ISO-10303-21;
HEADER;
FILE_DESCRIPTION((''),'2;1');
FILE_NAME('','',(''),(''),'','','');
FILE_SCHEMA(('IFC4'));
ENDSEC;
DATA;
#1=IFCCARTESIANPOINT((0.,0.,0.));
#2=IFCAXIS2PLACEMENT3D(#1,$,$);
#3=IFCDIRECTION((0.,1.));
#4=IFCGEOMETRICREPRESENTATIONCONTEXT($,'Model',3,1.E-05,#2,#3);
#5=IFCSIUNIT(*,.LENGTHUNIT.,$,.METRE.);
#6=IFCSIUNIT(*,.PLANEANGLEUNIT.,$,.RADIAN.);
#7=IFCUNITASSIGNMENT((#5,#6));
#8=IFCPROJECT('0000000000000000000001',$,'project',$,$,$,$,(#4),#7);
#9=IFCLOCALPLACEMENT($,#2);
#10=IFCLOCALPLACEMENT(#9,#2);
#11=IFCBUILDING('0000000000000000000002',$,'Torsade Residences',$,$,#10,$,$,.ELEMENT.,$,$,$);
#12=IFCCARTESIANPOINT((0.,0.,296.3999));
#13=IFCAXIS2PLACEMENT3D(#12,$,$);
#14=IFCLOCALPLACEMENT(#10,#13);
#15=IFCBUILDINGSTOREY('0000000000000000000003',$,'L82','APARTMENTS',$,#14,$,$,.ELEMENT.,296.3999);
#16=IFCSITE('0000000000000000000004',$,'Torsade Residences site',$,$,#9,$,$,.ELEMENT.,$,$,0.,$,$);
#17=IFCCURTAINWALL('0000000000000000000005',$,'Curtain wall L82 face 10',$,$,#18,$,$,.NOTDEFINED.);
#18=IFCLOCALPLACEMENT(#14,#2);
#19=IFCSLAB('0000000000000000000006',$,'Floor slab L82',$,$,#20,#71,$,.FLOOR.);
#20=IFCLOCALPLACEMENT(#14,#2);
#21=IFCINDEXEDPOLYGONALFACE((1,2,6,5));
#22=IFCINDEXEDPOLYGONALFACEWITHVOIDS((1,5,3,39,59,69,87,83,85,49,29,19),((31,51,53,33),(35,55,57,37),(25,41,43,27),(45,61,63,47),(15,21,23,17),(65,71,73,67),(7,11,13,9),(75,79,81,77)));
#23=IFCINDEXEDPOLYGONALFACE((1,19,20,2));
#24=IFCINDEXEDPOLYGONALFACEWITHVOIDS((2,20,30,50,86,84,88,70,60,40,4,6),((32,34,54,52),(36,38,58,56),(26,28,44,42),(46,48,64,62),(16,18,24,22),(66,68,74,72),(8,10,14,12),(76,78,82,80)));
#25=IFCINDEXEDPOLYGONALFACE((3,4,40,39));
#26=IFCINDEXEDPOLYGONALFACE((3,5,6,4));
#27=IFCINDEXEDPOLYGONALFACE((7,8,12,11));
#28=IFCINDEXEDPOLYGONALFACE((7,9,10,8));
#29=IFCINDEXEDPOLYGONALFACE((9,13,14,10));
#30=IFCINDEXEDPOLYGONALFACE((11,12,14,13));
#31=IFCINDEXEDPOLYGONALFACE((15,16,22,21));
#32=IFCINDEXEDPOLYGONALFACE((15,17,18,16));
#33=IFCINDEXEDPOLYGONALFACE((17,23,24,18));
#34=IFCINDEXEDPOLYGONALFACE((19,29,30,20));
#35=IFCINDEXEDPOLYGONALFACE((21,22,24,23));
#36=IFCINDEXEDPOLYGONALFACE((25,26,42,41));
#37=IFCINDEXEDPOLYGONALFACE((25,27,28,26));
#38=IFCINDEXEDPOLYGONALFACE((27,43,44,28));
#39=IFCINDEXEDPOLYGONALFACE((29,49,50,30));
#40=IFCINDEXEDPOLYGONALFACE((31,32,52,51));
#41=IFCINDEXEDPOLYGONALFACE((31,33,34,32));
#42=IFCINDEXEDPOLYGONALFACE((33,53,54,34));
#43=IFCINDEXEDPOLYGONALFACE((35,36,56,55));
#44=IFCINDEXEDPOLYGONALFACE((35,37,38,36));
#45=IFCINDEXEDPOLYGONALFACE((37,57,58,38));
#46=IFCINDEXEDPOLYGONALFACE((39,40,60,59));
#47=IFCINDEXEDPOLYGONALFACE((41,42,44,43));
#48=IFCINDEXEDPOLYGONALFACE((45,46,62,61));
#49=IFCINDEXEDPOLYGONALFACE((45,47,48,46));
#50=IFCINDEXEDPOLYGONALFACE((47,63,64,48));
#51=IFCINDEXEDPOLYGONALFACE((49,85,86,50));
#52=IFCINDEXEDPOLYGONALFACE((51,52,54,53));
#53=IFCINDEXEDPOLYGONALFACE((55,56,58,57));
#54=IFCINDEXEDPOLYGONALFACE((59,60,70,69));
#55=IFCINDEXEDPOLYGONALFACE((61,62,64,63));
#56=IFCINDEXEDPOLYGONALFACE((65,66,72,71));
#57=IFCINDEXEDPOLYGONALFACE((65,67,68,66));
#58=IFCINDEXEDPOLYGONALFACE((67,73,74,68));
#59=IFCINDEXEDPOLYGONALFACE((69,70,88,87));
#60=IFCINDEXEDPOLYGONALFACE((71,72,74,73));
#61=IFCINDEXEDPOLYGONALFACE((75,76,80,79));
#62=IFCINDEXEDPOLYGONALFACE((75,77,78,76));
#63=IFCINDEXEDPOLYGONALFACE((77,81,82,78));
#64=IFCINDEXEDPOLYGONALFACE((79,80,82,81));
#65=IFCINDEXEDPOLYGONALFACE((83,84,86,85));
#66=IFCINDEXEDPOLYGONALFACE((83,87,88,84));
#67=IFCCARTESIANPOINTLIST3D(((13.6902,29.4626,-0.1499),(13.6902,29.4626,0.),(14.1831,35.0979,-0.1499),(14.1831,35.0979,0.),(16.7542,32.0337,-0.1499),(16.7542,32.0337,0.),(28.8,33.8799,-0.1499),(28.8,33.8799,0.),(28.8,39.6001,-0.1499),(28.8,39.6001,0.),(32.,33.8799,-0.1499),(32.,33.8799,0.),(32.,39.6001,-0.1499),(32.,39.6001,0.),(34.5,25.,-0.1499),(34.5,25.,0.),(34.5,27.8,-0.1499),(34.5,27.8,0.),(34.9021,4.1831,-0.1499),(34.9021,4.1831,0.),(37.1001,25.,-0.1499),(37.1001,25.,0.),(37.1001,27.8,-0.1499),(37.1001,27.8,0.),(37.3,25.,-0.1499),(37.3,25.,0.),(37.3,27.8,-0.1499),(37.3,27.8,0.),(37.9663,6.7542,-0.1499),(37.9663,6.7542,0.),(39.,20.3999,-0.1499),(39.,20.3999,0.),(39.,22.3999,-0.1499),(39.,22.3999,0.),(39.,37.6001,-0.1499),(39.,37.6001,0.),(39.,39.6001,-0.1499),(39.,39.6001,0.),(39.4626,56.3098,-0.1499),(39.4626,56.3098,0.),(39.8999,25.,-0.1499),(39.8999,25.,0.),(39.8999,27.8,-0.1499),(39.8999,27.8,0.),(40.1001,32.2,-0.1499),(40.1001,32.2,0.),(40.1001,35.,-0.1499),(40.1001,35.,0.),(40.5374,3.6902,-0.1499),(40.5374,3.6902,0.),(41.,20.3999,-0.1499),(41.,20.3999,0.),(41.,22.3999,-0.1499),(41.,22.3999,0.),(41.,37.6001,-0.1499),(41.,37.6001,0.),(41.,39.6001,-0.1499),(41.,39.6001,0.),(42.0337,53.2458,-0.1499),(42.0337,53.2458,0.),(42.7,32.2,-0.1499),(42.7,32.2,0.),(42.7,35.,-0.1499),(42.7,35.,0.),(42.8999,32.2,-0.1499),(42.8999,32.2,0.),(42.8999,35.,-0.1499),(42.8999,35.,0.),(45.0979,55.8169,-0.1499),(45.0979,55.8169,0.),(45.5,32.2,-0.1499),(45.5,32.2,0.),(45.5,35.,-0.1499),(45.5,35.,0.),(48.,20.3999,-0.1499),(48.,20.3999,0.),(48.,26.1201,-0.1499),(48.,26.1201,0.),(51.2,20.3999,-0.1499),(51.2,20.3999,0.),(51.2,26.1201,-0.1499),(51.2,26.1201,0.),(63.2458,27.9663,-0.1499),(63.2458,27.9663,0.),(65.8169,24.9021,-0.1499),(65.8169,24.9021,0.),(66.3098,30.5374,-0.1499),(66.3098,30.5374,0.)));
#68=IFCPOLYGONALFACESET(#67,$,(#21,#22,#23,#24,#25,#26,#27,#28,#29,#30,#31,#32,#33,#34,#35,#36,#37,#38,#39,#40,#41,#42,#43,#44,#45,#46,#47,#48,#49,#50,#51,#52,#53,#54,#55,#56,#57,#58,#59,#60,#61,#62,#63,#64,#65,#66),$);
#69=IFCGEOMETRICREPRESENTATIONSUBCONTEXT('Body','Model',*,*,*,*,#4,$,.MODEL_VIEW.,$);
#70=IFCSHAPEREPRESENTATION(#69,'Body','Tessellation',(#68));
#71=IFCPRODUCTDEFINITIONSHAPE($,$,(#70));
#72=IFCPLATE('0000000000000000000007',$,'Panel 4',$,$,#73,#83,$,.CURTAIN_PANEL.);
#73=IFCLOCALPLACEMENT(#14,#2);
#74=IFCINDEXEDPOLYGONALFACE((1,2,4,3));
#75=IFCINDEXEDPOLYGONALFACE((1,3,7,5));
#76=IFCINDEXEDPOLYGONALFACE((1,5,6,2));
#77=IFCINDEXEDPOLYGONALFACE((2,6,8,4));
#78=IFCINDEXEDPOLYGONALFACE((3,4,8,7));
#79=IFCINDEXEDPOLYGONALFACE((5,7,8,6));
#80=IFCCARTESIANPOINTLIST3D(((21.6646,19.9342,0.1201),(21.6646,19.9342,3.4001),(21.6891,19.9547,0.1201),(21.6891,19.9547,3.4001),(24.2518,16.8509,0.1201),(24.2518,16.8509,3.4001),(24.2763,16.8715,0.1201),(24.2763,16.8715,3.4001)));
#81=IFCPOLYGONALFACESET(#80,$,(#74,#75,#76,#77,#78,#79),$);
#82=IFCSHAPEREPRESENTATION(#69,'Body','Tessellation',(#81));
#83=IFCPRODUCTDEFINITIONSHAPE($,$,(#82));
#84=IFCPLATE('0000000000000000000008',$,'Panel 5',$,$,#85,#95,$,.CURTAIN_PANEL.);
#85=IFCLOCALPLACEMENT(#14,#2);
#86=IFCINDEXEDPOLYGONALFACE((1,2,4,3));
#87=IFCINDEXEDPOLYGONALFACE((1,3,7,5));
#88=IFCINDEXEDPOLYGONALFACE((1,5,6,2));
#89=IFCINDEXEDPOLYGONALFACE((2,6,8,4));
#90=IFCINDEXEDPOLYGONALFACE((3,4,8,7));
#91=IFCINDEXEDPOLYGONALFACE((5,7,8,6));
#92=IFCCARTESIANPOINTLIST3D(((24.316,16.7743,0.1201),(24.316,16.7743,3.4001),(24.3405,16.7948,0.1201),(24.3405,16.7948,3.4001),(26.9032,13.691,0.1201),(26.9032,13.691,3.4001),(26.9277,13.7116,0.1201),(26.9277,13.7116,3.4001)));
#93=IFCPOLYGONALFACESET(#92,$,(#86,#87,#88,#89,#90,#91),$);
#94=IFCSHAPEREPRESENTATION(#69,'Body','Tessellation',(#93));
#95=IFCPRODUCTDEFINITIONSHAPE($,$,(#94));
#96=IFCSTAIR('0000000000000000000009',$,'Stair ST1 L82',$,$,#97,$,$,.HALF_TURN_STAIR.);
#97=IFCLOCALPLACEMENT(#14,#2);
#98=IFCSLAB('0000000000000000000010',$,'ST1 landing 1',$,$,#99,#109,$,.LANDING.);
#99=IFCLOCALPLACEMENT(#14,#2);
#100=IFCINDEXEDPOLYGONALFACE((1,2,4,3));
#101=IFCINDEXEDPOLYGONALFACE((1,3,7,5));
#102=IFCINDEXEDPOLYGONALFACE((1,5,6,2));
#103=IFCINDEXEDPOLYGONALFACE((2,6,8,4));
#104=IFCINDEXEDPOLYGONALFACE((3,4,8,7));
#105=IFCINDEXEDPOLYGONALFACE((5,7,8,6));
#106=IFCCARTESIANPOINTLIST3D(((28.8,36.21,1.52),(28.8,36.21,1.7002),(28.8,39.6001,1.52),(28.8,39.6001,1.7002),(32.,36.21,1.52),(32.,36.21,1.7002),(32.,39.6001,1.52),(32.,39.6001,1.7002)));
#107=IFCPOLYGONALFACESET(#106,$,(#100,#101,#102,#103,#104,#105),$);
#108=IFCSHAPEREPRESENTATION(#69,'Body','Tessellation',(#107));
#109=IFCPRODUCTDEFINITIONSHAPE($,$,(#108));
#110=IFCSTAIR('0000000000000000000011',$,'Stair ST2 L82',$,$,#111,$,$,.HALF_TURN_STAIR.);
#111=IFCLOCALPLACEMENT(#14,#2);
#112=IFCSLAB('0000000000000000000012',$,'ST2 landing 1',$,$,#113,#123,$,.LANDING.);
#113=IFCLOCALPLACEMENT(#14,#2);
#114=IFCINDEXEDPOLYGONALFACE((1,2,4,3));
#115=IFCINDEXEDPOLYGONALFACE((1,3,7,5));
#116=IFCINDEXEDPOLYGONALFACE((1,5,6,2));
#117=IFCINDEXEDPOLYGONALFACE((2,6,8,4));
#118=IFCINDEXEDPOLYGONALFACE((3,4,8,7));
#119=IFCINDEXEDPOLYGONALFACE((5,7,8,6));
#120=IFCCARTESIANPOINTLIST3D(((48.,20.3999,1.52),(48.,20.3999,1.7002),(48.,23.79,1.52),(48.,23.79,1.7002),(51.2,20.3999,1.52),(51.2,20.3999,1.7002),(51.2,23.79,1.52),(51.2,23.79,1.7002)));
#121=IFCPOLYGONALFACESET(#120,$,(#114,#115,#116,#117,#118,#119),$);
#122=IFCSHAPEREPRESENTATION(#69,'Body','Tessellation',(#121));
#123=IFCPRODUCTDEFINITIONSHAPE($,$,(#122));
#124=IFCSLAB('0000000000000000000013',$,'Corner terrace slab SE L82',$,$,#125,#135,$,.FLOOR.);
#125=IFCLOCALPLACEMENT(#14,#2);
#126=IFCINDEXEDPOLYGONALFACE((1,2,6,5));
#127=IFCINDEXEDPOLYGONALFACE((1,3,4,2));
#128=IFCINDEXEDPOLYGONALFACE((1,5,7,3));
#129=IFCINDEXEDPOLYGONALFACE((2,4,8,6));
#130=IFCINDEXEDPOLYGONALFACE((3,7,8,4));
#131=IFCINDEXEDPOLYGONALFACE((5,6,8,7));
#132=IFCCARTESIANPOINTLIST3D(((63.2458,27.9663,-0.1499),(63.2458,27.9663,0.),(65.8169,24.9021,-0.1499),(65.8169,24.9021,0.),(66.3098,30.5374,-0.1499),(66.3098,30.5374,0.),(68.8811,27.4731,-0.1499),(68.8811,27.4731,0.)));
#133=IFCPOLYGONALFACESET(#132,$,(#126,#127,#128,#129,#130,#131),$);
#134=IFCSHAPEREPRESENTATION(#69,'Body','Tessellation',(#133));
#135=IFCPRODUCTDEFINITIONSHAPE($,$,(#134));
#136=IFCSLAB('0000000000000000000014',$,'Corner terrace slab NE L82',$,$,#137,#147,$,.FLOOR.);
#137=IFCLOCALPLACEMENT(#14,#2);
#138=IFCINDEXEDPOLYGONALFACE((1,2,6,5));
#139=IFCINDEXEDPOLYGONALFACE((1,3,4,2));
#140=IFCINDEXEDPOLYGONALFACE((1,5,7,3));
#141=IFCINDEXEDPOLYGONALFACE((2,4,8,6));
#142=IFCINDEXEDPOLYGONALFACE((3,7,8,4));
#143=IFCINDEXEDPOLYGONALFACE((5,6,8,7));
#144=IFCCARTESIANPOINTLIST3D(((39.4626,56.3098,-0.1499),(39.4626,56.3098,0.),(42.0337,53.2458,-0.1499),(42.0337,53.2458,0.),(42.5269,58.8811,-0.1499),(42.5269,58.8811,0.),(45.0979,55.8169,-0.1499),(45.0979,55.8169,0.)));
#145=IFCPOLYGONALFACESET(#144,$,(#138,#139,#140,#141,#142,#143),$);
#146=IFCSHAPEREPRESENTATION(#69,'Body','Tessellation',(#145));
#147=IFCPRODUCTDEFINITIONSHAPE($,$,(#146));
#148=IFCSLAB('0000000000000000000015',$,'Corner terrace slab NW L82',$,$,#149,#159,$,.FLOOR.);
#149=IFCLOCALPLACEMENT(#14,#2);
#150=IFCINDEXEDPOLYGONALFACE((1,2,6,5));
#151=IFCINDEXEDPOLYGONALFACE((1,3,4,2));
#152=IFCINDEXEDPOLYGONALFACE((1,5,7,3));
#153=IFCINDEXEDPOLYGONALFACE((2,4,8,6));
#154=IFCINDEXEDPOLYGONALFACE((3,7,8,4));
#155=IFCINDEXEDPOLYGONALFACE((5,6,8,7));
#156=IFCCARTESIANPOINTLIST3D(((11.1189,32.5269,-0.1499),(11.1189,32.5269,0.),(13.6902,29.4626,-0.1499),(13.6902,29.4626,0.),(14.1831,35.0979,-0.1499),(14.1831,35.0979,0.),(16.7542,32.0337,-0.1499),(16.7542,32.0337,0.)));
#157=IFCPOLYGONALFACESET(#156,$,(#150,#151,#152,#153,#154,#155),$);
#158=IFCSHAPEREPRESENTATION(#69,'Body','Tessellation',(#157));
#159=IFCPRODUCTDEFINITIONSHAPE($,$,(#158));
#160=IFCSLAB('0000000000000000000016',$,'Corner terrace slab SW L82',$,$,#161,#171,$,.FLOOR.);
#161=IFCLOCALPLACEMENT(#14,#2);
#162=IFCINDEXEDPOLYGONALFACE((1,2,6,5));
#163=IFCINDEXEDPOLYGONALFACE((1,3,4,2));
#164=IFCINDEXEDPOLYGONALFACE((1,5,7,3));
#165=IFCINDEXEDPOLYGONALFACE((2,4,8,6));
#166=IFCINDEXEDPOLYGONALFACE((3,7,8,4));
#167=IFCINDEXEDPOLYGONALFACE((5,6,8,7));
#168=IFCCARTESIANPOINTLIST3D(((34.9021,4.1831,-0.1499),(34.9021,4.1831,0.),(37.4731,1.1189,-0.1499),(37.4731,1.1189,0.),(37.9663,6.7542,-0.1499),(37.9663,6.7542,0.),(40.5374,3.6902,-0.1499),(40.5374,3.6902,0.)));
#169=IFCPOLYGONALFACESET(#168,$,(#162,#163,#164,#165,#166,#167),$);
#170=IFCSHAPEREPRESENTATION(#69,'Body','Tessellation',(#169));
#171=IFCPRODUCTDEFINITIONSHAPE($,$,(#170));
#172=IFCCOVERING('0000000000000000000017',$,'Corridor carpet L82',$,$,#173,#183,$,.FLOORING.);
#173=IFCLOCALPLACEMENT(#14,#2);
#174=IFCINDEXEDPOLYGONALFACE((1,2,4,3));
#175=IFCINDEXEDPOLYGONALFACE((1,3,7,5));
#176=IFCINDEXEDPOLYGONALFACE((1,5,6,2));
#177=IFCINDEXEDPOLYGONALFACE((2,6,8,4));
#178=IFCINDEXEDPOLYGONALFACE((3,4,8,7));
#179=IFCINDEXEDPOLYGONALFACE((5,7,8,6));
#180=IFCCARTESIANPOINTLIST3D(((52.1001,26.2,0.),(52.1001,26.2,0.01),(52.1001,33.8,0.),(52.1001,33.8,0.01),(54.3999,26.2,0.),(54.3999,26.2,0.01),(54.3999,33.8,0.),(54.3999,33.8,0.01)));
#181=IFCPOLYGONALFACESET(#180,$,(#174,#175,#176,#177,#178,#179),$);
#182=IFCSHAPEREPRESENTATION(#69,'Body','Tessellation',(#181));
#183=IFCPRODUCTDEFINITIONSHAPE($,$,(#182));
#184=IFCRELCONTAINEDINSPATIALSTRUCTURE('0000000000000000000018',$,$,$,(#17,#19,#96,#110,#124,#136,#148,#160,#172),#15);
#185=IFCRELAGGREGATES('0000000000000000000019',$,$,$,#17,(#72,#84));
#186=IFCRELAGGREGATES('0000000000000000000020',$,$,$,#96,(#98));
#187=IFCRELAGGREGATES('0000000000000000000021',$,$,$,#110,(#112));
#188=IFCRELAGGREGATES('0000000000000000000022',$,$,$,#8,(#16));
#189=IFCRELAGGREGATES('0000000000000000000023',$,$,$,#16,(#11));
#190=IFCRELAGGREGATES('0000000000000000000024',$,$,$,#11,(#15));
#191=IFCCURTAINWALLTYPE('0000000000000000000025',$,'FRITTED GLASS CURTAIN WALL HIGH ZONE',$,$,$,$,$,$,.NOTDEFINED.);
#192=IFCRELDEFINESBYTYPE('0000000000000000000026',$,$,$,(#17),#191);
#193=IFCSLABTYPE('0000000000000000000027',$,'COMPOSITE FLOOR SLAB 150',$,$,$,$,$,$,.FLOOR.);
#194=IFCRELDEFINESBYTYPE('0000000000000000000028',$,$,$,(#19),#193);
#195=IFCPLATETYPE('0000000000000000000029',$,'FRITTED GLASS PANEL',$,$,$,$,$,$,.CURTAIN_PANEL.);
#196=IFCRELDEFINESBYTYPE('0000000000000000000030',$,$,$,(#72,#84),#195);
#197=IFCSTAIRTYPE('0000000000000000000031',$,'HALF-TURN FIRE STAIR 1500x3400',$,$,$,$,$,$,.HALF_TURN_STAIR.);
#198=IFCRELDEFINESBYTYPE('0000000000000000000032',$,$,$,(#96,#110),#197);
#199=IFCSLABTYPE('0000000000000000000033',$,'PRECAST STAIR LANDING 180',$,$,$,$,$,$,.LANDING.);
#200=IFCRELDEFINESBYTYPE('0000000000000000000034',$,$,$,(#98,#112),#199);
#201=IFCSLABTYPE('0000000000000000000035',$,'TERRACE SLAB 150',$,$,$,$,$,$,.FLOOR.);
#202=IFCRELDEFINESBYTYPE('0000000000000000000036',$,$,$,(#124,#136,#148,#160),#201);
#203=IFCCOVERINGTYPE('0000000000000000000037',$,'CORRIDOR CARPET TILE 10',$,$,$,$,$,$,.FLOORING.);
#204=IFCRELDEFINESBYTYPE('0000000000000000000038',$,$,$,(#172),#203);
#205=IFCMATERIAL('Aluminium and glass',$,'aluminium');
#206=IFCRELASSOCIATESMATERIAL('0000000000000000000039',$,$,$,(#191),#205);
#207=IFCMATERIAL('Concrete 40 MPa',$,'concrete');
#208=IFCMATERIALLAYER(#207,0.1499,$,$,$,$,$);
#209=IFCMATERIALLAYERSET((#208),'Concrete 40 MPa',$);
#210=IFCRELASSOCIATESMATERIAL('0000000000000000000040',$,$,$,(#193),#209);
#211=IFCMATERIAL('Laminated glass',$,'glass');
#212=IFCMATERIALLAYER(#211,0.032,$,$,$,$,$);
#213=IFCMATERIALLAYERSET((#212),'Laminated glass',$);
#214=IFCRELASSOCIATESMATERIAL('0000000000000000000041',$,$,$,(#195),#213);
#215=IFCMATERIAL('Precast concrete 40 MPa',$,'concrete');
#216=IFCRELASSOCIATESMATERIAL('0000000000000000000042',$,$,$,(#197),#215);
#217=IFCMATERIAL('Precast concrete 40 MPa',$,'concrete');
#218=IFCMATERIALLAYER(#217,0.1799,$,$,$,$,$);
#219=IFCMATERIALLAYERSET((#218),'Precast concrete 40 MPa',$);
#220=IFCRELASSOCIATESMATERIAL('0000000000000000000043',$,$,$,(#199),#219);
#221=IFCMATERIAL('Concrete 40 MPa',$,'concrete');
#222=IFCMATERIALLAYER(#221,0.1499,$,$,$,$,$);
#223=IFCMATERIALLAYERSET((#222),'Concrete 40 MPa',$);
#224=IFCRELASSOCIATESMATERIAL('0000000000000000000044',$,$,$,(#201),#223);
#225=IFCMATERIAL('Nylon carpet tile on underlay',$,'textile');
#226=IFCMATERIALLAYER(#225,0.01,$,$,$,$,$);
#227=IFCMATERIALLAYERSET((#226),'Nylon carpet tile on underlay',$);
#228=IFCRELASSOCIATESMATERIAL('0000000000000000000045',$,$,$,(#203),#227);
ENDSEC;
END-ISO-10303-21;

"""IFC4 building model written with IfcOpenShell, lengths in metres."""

from ifc_helpers import new_model, si_unit, direction, frame, origin, origin_2d, place, context, subcontext, project, spatial, polyline, rectangle, outline, extrude, material, layer, layer_set, type_object, element, aggregate, save


model = new_model("IFC4")

# Units and contexts
model_context = context("Model", 3, precision=1e-05, world=origin(), true_north=direction((0.0, 1.0)))
body_context = subcontext(model_context, "Body", "Model", "MODEL_VIEW")
ifc_project = project(units=[si_unit("LENGTHUNIT", "METRE"), si_unit("PLANEANGLEUNIT", "RADIAN")], contexts=[model_context])

# Site, building, storey
site_placement = place(None, origin())
site = spatial("IfcSite", under=ifc_project, at=site_placement, Name="Torsade Residences site", CompositionType="ELEMENT", RefElevation=0.0)
building_placement = place(site_placement, origin())
building = spatial("IfcBuilding", under=site, at=building_placement, Name="Torsade Residences", CompositionType="ELEMENT")
storey_placement = place(building_placement, frame((0.0, 0.0, 296.3999)))
storey = spatial("IfcBuildingStorey", under=building, at=storey_placement, Name="L82", Description="APARTMENTS", CompositionType="ELEMENT", Elevation=296.3999)

# Curtain wall
ifc_material_1 = material(Name="Aluminium and glass", Category="aluminium")
curtain_wall_type = type_object("IfcCurtainWallType", Name="FRITTED GLASS CURTAIN WALL HIGH ZONE", PredefinedType="NOTDEFINED", material=ifc_material_1)
curtain_wall_placement = place(storey_placement, origin())
curtain_wall = element("IfcCurtainWall", 1, at=curtain_wall_placement, inside=storey, type_object=curtain_wall_type, Name="Curtain wall L82 face 10", PredefinedType="NOTDEFINED")

# Slab
ifc_material_2 = material(Name="Concrete 40 MPa", Category="concrete")
ifc_layer_1 = layer(ifc_material_2, 0.1499)
ifc_layer_set_1 = layer_set([ifc_layer_1], Name="Concrete 40 MPa")
slab_type_1 = type_object("IfcSlabType", Name="COMPOSITE FLOOR SLAB 150", PredefinedType="FLOOR", material=ifc_layer_set_1)
slab_1_placement = place(storey_placement, frame((0.0, 0.0, -0.1499)))
element("IfcSlab", 2, at=slab_1_placement, inside=storey, type_object=slab_type_1, Name="Floor slab L82", PredefinedType="FLOOR", context=body_context, shape_type="SweptSolid", body=[
    extrude(outline(polyline([(40.5374, 3.6902), (65.8169, 24.9021), (63.2458, 27.9663), (66.3098, 30.5374), (45.0979, 55.8169), (42.0337, 53.2458), (39.4626, 56.3098), (14.1831, 35.0979), (16.7542, 32.0337), (13.6902, 29.4626), (34.9021, 4.1831), (37.9663, 6.7542), (40.5374, 3.6902)]), holes=[polyline([(51.2, 26.1201), (48.0, 26.1201), (48.0, 20.3999), (51.2, 20.3999), (51.2, 26.1201)]), polyline([(45.5, 35.0), (42.8999, 35.0), (42.8999, 32.2), (45.5, 32.2), (45.5, 35.0)]), polyline([(42.7, 35.0), (40.1001, 35.0), (40.1001, 32.2), (42.7, 32.2), (42.7, 35.0)]), polyline([(41.0, 22.3999), (39.0, 22.3999), (39.0, 20.3999), (41.0, 20.3999), (41.0, 22.3999)]), polyline([(41.0, 39.6001), (39.0, 39.6001), (39.0, 37.6001), (41.0, 37.6001), (41.0, 39.6001)]), polyline([(39.8999, 27.8), (37.3, 27.8), (37.3, 25.0), (39.8999, 25.0), (39.8999, 27.8)]), polyline([(37.1001, 27.8), (34.5, 27.8), (34.5, 25.0), (37.1001, 25.0), (37.1001, 27.8)]), polyline([(32.0, 39.6001), (28.8, 39.6001), (28.8, 33.8799), (32.0, 33.8799), (32.0, 39.6001)])]), origin(), (0.0, 0.0, 1.0), 0.1499),
])

# Plates
ifc_material_3 = material(Name="Laminated glass", Category="glass")
ifc_layer_2 = layer(ifc_material_3, 0.032)
ifc_layer_set_2 = layer_set([ifc_layer_2], Name="Laminated glass")
plate_type = type_object("IfcPlateType", Name="FRITTED GLASS PANEL", PredefinedType="CURTAIN_PANEL", material=ifc_layer_set_2)
plate_1_placement = place(storey_placement, frame((22.9705, 18.4028, 0.1201), z_axis=(0.0, 0.0, 1.0), x_axis=(0.642788, -0.766044, 0.0)))
plate_1 = element("IfcPlate", 3, at=plate_1_placement, type_object=plate_type, Name="Panel 4", PredefinedType="CURTAIN_PANEL", context=body_context, shape_type="SweptSolid", body=[
    extrude(rectangle(XDim=4.0249, YDim=0.032, at=origin_2d()), origin(), (0.0, 0.0, 1.0), 3.28),
])
plate_2_placement = place(storey_placement, frame((25.6218, 15.2429, 0.1201), z_axis=(0.0, 0.0, 1.0), x_axis=(0.642788, -0.766044, 0.0)))
plate_2 = element("IfcPlate", 4, at=plate_2_placement, type_object=plate_type, Name="Panel 5", PredefinedType="CURTAIN_PANEL", context=body_context, shape_type="SweptSolid", body=[
    extrude(rectangle(XDim=4.0249, YDim=0.032, at=origin_2d()), origin(), (0.0, 0.0, 1.0), 3.28),
])
aggregate(curtain_wall, [plate_1, plate_2])

# Stairs, slabs
ifc_material_4 = material(Name="Precast concrete 40 MPa", Category="concrete")
stair_type = type_object("IfcStairType", Name="HALF-TURN FIRE STAIR 1500x3400", PredefinedType="HALF_TURN_STAIR", material=ifc_material_4)
stair_1_placement = place(storey_placement, origin())
stair_1 = element("IfcStair", 5, at=stair_1_placement, inside=storey, type_object=stair_type, Name="Stair ST1 L82", PredefinedType="HALF_TURN_STAIR")
ifc_material_5 = material(Name="Precast concrete 40 MPa", Category="concrete")
ifc_layer_3 = layer(ifc_material_5, 0.1799)
ifc_layer_set_3 = layer_set([ifc_layer_3], Name="Precast concrete 40 MPa")
slab_type_2 = type_object("IfcSlabType", Name="PRECAST STAIR LANDING 180", PredefinedType="LANDING", material=ifc_layer_set_3)
slab_2_placement = place(storey_placement, frame((0.0, 0.0, 1.52)))
slab_2 = element("IfcSlab", 6, at=slab_2_placement, type_object=slab_type_2, Name="ST1 landing 1", PredefinedType="LANDING", context=body_context, shape_type="SweptSolid", body=[
    extrude(outline(polyline([(28.8, 36.21), (32.0, 36.21), (32.0, 39.6001), (28.8, 39.6001), (28.8, 36.21)])), origin(), (0.0, 0.0, 1.0), 0.1802),
])
aggregate(stair_1, [slab_2])
stair_2_placement = place(storey_placement, origin())
stair_2 = element("IfcStair", 7, at=stair_2_placement, inside=storey, type_object=stair_type, Name="Stair ST2 L82", PredefinedType="HALF_TURN_STAIR")
slab_3_placement = place(storey_placement, frame((0.0, 0.0, 1.52)))
slab_3 = element("IfcSlab", 8, at=slab_3_placement, type_object=slab_type_2, Name="ST2 landing 1", PredefinedType="LANDING", context=body_context, shape_type="SweptSolid", body=[
    extrude(outline(polyline([(48.0, 20.3999), (51.2, 20.3999), (51.2, 23.79), (48.0, 23.79), (48.0, 20.3999)])), origin(), (0.0, 0.0, 1.0), 0.1802),
])
aggregate(stair_2, [slab_3])

# Slabs
ifc_material_6 = material(Name="Concrete 40 MPa", Category="concrete")
ifc_layer_4 = layer(ifc_material_6, 0.1499)
ifc_layer_set_4 = layer_set([ifc_layer_4], Name="Concrete 40 MPa")
slab_type_3 = type_object("IfcSlabType", Name="TERRACE SLAB 150", PredefinedType="FLOOR", material=ifc_layer_set_4)
slab_4_placement = place(storey_placement, frame((0.0, 0.0, -0.1499)))
element("IfcSlab", 9, at=slab_4_placement, inside=storey, type_object=slab_type_3, Name="Corner terrace slab SE L82", PredefinedType="FLOOR", context=body_context, shape_type="SweptSolid", body=[
    extrude(outline(polyline([(65.8169, 24.9021), (68.8811, 27.4731), (66.3098, 30.5374), (63.2458, 27.9663), (65.8169, 24.9021)])), origin(), (0.0, 0.0, 1.0), 0.1499),
])
slab_5_placement = place(storey_placement, frame((0.0, 0.0, -0.1499)))
element("IfcSlab", 10, at=slab_5_placement, inside=storey, type_object=slab_type_3, Name="Corner terrace slab NE L82", PredefinedType="FLOOR", context=body_context, shape_type="SweptSolid", body=[
    extrude(outline(polyline([(42.0337, 53.2458), (45.0979, 55.8169), (42.5269, 58.8811), (39.4626, 56.3098), (42.0337, 53.2458)])), origin(), (0.0, 0.0, 1.0), 0.1499),
])
slab_6_placement = place(storey_placement, frame((0.0, 0.0, -0.1499)))
element("IfcSlab", 11, at=slab_6_placement, inside=storey, type_object=slab_type_3, Name="Corner terrace slab NW L82", PredefinedType="FLOOR", context=body_context, shape_type="SweptSolid", body=[
    extrude(outline(polyline([(13.6902, 29.4626), (16.7542, 32.0337), (14.1831, 35.0979), (11.1189, 32.5269), (13.6902, 29.4626)])), origin(), (0.0, 0.0, 1.0), 0.1499),
])
slab_7_placement = place(storey_placement, frame((0.0, 0.0, -0.1499)))
element("IfcSlab", 12, at=slab_7_placement, inside=storey, type_object=slab_type_3, Name="Corner terrace slab SW L82", PredefinedType="FLOOR", context=body_context, shape_type="SweptSolid", body=[
    extrude(outline(polyline([(37.4731, 1.1189), (40.5374, 3.6902), (37.9663, 6.7542), (34.9021, 4.1831), (37.4731, 1.1189)])), origin(), (0.0, 0.0, 1.0), 0.1499),
])

# Covering
ifc_material_7 = material(Name="Nylon carpet tile on underlay", Category="textile")
ifc_layer_5 = layer(ifc_material_7, 0.01)
ifc_layer_set_5 = layer_set([ifc_layer_5], Name="Nylon carpet tile on underlay")
covering_type_1 = type_object("IfcCoveringType", Name="CORRIDOR CARPET TILE 10", PredefinedType="FLOORING", material=ifc_layer_set_5)
covering_1_placement = place(storey_placement, origin())
element("IfcCovering", 13, at=covering_1_placement, inside=storey, type_object=covering_type_1, Name="Corridor carpet L82", PredefinedType="FLOORING", context=body_context, shape_type="SweptSolid", body=[
    extrude(outline(polyline([(54.3999, 26.2), (54.3999, 33.8), (52.1001, 33.8), (52.1001, 26.2), (54.3999, 26.2)])), origin(), (0.0, 0.0, 1.0), 0.01),
])

save(model, "model.ifc")
